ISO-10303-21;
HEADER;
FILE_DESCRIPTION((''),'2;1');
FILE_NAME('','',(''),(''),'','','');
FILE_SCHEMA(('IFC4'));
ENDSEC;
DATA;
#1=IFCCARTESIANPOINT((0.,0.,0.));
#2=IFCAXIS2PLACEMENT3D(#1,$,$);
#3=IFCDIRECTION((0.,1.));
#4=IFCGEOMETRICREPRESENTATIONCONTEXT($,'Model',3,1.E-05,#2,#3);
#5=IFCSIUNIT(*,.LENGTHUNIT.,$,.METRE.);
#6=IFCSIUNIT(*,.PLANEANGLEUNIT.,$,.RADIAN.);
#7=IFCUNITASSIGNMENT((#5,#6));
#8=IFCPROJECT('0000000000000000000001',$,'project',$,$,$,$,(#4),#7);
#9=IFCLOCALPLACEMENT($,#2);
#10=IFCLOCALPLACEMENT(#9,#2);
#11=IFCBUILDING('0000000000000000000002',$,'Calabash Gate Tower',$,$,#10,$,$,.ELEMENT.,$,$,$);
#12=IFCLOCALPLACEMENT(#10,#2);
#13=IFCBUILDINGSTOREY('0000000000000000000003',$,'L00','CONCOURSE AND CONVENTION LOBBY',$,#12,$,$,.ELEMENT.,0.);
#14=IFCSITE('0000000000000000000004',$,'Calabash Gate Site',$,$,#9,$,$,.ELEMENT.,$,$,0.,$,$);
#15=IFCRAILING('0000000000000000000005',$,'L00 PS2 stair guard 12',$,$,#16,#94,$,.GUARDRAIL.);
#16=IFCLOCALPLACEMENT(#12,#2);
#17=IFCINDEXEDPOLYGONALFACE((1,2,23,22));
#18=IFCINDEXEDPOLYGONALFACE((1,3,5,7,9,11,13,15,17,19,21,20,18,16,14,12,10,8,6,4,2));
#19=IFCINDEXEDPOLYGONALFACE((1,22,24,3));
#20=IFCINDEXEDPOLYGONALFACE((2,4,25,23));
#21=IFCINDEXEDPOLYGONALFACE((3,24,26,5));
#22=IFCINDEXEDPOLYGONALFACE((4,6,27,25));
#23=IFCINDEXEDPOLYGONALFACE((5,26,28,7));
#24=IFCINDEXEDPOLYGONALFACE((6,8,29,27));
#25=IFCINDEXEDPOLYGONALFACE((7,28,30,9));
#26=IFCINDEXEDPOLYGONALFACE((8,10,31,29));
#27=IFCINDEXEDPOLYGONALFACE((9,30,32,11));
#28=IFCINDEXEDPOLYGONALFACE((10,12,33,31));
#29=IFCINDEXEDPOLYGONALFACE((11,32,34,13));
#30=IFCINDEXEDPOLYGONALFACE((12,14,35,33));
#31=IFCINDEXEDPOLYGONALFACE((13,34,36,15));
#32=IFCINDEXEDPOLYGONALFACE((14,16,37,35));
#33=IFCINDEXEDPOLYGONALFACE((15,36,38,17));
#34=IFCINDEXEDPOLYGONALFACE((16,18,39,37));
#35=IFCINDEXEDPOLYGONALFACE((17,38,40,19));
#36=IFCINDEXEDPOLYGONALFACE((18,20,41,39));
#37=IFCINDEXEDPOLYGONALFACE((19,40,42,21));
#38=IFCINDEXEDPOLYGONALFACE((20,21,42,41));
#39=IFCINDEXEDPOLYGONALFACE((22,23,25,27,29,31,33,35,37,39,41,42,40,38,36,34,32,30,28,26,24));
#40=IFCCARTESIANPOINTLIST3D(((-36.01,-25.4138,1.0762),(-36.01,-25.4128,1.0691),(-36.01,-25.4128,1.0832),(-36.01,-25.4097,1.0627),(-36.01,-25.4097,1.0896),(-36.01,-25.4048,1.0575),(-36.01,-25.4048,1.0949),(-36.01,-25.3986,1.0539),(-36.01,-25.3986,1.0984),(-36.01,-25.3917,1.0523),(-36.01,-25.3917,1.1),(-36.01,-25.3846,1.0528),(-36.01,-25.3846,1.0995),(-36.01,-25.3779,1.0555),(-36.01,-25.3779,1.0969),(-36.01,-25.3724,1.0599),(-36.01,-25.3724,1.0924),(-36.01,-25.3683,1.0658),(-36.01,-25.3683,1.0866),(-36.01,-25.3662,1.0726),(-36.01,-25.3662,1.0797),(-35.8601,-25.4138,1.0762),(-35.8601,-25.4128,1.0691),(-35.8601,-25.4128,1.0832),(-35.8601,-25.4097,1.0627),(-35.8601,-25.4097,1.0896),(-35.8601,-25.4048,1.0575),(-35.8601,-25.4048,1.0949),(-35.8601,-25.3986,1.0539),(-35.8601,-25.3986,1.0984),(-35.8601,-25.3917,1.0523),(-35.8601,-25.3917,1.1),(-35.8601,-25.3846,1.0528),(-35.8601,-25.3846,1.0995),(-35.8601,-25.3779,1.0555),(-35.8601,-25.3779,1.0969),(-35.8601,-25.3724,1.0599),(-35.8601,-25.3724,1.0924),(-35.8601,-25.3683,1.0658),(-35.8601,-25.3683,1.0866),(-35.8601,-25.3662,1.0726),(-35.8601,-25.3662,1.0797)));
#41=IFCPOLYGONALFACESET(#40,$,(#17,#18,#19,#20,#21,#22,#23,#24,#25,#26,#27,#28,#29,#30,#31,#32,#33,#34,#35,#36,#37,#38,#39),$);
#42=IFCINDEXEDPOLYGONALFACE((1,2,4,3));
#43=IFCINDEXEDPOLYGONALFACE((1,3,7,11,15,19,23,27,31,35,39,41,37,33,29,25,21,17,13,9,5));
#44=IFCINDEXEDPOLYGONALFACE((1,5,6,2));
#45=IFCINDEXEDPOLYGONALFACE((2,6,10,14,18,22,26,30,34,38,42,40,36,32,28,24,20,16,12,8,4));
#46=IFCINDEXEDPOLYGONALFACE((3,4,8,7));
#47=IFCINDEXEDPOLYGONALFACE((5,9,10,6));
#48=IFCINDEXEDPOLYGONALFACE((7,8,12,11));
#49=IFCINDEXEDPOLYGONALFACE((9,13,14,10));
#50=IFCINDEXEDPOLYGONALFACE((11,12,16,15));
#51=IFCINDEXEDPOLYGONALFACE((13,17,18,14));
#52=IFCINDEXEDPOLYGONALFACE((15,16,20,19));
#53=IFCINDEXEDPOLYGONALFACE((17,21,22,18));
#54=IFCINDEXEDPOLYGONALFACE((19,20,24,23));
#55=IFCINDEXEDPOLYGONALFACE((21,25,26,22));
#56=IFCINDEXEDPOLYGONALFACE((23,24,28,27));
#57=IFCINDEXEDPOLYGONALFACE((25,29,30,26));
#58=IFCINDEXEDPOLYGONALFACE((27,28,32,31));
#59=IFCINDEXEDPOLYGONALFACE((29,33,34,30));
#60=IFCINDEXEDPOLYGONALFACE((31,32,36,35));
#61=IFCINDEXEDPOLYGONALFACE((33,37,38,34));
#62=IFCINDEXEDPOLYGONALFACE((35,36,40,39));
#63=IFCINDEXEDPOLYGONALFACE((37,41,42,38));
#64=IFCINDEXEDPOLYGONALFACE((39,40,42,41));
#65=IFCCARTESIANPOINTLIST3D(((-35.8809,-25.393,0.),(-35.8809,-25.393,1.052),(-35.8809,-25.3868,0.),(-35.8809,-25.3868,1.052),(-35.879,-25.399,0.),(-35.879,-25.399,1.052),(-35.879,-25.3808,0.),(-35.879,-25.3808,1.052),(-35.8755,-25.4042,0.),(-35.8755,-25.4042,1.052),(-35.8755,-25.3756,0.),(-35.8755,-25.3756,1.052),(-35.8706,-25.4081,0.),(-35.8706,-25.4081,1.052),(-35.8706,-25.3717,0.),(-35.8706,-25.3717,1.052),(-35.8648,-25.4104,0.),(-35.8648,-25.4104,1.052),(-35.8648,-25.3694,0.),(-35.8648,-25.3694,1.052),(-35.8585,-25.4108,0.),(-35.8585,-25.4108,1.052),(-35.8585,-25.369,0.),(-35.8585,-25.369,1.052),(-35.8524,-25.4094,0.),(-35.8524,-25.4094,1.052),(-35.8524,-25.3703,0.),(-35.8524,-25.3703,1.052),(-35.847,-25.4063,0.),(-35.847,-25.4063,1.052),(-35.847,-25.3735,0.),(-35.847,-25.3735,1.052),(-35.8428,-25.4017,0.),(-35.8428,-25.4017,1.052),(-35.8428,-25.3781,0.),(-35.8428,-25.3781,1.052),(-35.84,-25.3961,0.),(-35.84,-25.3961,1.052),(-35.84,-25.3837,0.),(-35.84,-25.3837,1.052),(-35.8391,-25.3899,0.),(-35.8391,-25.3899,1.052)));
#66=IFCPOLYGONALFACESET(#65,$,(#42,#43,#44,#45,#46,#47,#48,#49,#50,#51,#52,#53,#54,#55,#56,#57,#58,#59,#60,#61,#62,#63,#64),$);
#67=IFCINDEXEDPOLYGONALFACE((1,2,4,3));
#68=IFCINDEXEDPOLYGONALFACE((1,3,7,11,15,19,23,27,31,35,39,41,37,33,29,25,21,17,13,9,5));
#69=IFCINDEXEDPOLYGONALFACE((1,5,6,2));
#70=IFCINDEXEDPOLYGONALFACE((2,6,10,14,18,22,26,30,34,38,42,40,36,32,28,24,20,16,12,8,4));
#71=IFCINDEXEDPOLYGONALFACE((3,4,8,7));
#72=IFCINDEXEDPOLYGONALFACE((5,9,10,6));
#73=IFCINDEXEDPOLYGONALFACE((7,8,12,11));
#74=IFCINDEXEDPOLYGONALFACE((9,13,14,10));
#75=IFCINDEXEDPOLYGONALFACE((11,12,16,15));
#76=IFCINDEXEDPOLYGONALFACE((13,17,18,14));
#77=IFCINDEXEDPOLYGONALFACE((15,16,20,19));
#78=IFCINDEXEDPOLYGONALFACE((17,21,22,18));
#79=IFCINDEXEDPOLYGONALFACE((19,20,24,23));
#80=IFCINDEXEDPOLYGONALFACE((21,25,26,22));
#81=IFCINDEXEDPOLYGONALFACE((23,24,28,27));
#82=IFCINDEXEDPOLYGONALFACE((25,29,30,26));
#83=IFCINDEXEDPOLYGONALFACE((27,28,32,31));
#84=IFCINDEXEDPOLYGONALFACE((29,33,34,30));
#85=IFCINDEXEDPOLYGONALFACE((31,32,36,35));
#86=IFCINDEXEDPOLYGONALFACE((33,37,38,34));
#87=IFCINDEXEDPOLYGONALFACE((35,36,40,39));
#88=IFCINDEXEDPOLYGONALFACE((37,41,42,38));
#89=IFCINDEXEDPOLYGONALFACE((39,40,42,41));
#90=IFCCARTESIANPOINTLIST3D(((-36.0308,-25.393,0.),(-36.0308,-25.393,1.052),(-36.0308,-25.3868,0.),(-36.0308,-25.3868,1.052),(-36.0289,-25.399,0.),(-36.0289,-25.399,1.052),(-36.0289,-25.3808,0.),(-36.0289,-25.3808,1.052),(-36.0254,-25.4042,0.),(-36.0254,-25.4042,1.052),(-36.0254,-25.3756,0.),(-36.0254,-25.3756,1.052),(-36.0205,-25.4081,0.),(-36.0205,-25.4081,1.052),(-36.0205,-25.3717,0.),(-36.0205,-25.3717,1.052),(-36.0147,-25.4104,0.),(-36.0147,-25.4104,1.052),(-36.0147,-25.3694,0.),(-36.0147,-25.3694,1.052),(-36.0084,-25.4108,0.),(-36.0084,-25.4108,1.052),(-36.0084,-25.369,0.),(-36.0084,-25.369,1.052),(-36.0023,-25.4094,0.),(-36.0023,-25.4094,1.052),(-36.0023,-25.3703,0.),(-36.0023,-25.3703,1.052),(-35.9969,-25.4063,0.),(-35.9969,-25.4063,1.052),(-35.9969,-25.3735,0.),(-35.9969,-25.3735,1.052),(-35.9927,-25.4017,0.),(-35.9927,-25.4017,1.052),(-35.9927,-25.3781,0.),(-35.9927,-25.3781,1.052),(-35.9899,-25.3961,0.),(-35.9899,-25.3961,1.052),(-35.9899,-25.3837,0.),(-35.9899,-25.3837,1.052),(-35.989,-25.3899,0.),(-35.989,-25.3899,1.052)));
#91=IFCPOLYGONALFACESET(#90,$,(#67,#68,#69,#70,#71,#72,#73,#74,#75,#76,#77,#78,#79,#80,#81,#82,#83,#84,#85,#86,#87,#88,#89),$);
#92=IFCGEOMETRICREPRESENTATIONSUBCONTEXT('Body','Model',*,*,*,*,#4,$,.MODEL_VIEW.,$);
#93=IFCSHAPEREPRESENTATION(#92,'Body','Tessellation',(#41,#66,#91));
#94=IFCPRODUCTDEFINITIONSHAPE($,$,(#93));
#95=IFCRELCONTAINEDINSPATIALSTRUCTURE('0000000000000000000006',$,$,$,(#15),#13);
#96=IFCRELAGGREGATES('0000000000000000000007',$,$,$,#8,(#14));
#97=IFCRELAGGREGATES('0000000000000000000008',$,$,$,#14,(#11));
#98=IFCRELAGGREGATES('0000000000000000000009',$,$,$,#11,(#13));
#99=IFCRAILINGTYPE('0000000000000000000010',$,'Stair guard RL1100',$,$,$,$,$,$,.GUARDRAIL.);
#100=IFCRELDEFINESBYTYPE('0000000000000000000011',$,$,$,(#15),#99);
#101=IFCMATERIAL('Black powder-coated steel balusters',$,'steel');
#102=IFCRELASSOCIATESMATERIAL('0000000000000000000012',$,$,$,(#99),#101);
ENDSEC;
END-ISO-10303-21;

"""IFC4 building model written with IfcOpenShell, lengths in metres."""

from ifc_helpers import new_model, si_unit, direction, frame, origin, origin_2d, place, context, subcontext, project, spatial, circle, extrude, material, type_object, element, save


model = new_model("IFC4")

# Units and contexts
model_context = context("Model", 3, precision=1e-05, world=origin(), true_north=direction((0.0, 1.0)))
body_context = subcontext(model_context, "Body", "Model", "MODEL_VIEW")
ifc_project = project(units=[si_unit("LENGTHUNIT", "METRE"), si_unit("PLANEANGLEUNIT", "RADIAN")], contexts=[model_context])

# Site, building, storey
site_placement = place(None, origin())
site = spatial("IfcSite", under=ifc_project, at=site_placement, Name="Calabash Gate Site", CompositionType="ELEMENT", RefElevation=0.0)
building_placement = place(site_placement, origin())
building = spatial("IfcBuilding", under=site, at=building_placement, Name="Calabash Gate Tower", CompositionType="ELEMENT")
storey_placement = place(building_placement, origin())
storey = spatial("IfcBuildingStorey", under=building, at=storey_placement, Name="L00", Description="CONCOURSE AND CONVENTION LOBBY", CompositionType="ELEMENT", Elevation=0.0)

# Railing
ifc_material_1 = material(Name="Black powder-coated steel balusters", Category="steel")
railing_type_1 = type_object("IfcRailingType", Name="Stair guard RL1100", PredefinedType="GUARDRAIL", material=ifc_material_1)
railing_1_placement = place(storey_placement, frame((-35.8601, -25.3899, 0.0)))
element("IfcRailing", 1, at=railing_1_placement, inside=storey, type_object=railing_type_1, Name="L00 PS2 stair guard 12", PredefinedType="GUARDRAIL", context=body_context, shape_type="SweptSolid", body=[
    extrude(circle(Radius=0.0239, at=origin_2d()), frame((0.0, 0.0, 1.0762), z_axis=(-1.0, 0.0, 0.0), x_axis=(0.0, -1.0, 0.0)), (0.0, 0.0, 1.0), 0.1499),
    extrude(circle(Radius=0.021, at=origin_2d()), origin(), (0.0, 0.0, 1.0), 1.052),
    extrude(circle(Radius=0.021, at=origin_2d()), frame((-0.1499, 0.0, 0.0)), (0.0, 0.0, 1.0), 1.052),
])

save(model, "model.ifc")
